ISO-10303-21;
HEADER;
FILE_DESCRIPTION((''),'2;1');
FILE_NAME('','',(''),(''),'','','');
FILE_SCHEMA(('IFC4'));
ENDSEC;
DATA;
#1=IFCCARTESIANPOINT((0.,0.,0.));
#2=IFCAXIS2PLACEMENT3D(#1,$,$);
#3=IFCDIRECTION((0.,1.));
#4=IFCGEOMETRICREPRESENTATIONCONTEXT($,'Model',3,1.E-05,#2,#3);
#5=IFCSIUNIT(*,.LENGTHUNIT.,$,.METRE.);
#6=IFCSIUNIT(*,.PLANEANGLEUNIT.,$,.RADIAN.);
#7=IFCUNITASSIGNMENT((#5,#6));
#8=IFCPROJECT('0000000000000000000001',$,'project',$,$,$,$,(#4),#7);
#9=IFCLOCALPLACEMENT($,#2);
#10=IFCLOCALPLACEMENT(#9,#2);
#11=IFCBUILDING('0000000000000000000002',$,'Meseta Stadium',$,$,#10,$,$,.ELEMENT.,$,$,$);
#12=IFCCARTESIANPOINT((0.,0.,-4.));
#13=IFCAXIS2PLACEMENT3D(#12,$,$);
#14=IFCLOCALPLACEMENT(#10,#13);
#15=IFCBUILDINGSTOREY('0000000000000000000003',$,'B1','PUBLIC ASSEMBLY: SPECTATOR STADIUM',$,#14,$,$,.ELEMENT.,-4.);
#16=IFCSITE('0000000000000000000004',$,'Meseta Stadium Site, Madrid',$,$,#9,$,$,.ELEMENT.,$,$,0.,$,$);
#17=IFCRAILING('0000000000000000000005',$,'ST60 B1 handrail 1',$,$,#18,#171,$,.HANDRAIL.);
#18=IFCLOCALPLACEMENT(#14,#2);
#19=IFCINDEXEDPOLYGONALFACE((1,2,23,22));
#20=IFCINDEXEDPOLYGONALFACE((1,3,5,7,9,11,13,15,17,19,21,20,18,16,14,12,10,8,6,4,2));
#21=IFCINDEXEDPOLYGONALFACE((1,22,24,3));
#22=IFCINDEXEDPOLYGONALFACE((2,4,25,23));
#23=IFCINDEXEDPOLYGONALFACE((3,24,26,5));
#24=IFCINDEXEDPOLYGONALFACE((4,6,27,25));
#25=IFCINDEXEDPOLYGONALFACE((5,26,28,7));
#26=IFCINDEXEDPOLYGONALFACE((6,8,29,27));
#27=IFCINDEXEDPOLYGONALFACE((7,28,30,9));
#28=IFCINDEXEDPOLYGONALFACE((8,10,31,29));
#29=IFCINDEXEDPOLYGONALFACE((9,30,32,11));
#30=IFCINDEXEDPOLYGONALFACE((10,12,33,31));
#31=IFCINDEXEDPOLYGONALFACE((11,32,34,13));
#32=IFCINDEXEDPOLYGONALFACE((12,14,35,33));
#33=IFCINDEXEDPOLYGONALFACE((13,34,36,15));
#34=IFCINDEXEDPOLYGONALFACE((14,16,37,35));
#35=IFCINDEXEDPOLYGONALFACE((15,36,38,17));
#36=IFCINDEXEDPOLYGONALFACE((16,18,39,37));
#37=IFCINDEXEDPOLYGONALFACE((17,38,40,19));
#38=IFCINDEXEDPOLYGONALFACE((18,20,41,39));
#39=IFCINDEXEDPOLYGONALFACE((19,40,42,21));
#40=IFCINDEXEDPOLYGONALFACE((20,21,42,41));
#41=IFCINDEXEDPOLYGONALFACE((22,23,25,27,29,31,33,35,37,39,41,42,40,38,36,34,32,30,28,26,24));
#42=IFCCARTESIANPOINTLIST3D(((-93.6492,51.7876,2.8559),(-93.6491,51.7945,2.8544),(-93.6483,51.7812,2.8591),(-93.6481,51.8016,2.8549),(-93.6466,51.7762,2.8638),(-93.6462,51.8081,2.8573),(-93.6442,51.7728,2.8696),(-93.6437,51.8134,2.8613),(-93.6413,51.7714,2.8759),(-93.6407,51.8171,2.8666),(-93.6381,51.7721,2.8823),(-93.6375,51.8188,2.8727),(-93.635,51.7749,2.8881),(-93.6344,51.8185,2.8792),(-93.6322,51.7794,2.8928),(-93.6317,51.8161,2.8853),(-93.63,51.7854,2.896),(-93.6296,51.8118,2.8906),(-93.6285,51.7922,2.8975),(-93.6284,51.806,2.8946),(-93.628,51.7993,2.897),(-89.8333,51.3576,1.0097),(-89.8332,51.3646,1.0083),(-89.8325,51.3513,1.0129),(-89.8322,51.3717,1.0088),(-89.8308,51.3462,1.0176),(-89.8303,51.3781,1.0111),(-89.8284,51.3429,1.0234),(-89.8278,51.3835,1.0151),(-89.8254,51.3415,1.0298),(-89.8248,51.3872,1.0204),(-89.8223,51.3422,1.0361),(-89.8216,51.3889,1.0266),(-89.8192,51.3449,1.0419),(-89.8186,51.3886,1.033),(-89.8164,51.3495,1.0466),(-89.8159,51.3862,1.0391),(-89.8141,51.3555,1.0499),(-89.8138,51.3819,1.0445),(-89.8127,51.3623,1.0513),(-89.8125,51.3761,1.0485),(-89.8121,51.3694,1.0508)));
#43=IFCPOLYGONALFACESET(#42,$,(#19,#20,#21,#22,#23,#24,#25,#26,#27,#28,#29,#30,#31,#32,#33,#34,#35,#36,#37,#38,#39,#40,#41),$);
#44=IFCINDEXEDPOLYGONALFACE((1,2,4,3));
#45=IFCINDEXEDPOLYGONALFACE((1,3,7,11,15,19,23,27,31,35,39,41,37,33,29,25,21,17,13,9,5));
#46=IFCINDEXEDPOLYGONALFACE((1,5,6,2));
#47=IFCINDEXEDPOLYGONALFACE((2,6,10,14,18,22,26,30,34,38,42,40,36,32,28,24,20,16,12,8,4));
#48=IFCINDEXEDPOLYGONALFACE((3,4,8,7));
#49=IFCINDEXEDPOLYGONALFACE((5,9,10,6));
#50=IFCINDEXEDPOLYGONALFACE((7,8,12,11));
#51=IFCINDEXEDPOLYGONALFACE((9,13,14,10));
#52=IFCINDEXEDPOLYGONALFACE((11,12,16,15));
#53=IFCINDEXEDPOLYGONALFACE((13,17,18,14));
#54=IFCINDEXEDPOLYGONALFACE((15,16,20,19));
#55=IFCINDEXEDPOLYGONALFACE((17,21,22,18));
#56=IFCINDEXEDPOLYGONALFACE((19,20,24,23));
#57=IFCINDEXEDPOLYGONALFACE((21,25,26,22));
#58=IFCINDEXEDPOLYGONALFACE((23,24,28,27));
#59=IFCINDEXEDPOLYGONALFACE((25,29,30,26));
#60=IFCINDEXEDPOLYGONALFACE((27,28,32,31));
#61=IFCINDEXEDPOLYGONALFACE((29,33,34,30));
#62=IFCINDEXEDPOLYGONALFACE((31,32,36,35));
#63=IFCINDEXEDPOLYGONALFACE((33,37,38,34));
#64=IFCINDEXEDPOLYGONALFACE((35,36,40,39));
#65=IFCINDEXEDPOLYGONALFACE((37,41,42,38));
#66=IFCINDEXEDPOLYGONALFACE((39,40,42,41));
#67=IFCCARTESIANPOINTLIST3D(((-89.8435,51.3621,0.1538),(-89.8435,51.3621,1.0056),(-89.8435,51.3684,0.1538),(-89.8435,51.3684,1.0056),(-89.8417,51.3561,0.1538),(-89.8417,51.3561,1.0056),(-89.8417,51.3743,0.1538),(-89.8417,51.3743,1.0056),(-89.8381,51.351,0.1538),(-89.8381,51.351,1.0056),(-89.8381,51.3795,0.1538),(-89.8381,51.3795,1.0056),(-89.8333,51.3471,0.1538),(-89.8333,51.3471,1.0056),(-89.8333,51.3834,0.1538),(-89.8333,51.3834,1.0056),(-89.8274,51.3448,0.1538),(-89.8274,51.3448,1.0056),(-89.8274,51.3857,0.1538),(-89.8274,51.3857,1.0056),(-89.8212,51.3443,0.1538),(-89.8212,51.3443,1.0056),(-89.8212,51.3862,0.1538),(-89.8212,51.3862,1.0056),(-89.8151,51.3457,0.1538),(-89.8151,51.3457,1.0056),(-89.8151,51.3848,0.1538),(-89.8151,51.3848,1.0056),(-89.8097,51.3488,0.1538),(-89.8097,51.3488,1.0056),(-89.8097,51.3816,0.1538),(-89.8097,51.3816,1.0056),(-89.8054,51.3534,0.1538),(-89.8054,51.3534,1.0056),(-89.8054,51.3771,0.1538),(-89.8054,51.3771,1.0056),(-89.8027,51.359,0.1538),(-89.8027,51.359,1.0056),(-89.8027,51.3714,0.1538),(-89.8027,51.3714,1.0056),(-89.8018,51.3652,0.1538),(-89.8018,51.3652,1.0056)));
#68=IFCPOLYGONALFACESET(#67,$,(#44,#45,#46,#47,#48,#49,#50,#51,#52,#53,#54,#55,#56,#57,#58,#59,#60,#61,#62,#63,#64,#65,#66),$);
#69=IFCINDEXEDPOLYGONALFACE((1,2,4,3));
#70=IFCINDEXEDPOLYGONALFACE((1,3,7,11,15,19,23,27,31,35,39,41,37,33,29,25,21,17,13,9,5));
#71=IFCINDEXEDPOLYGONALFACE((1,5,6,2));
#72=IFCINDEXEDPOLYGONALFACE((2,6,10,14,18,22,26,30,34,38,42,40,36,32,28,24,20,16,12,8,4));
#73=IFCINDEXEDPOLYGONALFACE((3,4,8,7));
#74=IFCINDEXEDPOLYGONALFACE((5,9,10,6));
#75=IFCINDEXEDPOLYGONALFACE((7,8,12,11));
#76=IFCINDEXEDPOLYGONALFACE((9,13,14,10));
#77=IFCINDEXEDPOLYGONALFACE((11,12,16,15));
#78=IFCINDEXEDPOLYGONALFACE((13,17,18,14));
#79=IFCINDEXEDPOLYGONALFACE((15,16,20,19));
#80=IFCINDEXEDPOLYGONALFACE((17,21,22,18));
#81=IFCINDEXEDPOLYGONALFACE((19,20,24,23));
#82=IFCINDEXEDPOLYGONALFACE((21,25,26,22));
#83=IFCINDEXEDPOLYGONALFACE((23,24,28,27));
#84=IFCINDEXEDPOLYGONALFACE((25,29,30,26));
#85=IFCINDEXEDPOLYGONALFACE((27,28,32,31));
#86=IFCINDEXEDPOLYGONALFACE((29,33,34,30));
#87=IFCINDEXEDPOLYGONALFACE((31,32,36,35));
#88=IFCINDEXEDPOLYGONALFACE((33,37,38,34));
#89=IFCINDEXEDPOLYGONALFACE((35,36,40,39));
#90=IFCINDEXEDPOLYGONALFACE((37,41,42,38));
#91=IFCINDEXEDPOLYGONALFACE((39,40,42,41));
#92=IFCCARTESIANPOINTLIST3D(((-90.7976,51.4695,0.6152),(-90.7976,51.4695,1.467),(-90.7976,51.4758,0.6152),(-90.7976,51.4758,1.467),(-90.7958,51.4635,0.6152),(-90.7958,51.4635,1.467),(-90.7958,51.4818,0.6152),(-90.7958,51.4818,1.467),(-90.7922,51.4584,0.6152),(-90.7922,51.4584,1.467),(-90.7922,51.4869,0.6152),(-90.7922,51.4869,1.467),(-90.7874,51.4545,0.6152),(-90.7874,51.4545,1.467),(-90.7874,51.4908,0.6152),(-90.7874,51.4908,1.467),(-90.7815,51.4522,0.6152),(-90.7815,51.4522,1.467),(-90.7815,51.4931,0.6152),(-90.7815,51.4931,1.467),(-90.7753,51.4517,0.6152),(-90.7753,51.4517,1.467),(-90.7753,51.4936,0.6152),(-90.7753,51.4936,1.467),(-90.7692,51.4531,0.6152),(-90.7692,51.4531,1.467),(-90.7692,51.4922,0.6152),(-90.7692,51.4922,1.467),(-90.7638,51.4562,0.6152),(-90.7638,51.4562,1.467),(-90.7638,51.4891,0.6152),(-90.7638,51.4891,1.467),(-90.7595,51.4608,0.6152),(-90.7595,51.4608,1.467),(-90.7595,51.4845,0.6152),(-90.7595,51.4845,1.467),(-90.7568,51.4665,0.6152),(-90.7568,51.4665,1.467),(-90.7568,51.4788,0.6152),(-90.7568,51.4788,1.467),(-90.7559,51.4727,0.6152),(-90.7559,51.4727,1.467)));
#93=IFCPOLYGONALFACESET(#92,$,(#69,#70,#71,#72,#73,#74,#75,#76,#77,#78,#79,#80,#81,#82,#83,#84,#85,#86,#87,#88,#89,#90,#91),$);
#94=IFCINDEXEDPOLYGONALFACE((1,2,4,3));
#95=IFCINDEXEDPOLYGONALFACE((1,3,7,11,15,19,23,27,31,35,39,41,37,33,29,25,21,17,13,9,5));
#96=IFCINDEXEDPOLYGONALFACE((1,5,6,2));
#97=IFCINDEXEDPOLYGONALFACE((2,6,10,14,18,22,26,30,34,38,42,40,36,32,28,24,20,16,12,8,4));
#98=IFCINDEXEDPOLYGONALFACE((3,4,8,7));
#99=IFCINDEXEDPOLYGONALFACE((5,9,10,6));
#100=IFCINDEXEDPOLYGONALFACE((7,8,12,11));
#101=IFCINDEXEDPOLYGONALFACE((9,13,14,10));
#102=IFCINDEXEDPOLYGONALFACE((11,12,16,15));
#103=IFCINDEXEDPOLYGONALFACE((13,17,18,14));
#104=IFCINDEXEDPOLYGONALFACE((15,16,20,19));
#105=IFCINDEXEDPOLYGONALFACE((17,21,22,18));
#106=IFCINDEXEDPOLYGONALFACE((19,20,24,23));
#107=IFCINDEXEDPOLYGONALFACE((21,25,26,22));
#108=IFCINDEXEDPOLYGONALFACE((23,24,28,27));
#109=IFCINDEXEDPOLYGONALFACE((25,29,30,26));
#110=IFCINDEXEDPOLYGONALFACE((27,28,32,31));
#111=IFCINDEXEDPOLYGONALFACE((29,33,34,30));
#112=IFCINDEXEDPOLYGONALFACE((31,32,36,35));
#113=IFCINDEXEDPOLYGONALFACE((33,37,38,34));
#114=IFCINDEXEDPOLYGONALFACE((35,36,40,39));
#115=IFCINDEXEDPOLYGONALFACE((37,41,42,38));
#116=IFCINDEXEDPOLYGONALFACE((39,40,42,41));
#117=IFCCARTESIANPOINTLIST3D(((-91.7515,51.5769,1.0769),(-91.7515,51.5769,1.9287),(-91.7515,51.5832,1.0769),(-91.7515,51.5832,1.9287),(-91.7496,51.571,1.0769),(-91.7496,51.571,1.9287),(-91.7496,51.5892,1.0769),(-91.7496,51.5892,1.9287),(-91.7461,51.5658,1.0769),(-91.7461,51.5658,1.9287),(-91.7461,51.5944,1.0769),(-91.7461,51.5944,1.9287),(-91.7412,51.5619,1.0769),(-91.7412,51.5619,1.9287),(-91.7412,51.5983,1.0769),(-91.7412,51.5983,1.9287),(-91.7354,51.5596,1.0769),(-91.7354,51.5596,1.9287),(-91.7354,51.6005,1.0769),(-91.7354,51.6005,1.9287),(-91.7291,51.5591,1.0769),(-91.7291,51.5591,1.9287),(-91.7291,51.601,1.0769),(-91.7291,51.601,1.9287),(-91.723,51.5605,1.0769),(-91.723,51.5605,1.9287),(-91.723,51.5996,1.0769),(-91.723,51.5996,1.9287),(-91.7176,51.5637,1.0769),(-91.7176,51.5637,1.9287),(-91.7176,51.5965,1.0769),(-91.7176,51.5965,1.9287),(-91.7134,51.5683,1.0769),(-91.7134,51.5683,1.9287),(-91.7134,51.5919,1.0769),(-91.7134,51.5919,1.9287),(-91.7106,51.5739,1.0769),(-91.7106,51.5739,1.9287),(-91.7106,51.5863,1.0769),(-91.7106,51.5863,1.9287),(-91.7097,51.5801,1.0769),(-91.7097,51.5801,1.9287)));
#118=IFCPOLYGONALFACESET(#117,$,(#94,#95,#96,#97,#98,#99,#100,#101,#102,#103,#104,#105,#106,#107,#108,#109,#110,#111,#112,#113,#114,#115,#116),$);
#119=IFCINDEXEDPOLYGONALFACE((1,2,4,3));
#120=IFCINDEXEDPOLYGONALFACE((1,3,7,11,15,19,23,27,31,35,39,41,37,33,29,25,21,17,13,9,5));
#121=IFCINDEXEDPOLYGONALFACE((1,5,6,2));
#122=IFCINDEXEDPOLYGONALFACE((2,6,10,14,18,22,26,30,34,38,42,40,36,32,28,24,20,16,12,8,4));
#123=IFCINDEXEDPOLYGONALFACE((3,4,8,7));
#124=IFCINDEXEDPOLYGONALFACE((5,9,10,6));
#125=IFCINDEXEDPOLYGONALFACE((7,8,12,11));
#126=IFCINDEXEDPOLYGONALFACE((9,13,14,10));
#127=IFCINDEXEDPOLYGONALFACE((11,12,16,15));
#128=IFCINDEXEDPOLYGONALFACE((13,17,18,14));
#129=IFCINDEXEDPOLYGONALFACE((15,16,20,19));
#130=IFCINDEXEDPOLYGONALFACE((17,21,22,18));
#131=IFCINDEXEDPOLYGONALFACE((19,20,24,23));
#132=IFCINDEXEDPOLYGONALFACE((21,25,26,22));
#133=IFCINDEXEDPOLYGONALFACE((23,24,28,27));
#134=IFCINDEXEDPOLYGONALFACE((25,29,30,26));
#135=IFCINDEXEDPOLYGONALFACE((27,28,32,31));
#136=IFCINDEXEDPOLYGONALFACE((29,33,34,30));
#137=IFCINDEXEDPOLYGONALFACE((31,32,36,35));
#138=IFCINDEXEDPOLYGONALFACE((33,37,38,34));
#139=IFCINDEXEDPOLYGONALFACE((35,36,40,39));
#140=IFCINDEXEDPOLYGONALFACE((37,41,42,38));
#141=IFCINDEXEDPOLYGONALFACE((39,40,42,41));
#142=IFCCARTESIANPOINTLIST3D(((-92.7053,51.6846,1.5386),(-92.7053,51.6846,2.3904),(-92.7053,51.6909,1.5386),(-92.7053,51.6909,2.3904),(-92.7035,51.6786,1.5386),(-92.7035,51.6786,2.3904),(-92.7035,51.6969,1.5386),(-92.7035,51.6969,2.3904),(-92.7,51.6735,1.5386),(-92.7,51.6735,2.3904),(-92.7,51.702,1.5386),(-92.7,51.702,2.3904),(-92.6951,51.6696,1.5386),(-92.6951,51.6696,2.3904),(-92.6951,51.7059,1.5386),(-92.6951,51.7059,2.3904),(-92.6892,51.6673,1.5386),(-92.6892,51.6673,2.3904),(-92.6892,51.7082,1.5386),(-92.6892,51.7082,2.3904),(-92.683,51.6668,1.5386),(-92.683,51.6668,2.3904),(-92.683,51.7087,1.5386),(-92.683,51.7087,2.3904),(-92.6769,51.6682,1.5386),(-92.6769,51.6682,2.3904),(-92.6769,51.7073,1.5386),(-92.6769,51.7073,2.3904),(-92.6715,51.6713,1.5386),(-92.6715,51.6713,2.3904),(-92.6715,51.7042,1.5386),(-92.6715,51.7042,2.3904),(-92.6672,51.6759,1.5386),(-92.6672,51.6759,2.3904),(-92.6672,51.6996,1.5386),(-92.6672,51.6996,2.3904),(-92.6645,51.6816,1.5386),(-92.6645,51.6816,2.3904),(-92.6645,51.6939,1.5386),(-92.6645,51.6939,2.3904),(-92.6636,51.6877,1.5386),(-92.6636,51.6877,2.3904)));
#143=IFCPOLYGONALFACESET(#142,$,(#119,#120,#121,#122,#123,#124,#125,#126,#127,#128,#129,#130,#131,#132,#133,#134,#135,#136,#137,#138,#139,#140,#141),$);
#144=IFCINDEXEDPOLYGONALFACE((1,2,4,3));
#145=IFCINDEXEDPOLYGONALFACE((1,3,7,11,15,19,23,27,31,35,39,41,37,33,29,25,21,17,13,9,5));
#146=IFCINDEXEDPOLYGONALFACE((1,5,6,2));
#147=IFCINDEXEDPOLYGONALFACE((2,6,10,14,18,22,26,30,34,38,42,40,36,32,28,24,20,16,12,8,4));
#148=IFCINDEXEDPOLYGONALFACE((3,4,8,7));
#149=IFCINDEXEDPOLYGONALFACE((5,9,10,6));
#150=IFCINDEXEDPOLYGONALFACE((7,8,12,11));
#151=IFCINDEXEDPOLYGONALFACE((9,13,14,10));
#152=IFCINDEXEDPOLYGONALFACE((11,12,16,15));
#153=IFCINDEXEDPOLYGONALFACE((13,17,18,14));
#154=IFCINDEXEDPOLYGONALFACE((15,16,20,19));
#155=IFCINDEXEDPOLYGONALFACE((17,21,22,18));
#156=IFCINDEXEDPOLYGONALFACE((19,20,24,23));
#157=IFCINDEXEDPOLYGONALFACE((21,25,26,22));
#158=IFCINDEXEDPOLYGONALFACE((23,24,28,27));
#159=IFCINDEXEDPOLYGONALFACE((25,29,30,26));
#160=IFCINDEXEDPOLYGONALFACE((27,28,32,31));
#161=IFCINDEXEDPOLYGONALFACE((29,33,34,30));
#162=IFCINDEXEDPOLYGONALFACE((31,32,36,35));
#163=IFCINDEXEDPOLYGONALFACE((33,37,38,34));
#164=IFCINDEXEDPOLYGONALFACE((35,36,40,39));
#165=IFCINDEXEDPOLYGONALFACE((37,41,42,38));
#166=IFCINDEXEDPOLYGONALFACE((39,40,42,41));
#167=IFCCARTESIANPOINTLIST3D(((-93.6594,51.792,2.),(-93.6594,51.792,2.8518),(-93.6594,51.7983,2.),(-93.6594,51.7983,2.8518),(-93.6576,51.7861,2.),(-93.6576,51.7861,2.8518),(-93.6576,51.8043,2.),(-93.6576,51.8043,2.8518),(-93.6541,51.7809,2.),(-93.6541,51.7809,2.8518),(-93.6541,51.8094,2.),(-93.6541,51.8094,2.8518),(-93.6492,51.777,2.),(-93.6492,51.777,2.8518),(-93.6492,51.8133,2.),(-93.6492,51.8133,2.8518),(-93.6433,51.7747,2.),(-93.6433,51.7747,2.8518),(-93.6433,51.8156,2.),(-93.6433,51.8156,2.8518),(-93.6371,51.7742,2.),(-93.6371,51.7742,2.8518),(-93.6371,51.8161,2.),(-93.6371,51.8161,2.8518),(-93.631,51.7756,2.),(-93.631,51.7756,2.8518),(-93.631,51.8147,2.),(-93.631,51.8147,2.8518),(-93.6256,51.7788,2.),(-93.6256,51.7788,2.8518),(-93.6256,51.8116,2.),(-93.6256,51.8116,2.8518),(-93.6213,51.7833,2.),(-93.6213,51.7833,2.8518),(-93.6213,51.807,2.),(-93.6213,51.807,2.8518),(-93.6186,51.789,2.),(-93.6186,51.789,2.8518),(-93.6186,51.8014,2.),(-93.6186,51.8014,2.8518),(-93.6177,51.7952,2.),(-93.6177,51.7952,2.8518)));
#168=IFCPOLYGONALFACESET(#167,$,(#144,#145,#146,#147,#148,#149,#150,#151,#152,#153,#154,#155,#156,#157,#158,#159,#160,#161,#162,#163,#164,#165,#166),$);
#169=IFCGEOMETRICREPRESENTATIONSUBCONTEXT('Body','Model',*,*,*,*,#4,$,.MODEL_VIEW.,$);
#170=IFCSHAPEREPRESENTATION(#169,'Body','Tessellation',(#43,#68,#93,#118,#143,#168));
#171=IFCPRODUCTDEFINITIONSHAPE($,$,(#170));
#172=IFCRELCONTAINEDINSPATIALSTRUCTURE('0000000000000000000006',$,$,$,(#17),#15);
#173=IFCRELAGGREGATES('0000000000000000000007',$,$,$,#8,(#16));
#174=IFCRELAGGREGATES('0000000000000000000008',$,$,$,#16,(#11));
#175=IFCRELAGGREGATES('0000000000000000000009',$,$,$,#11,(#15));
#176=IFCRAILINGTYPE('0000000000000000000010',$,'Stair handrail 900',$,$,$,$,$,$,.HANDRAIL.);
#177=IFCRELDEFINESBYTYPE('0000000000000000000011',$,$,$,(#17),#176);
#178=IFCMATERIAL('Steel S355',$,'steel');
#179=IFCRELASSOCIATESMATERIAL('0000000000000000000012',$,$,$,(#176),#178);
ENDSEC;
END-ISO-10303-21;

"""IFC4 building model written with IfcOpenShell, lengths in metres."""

from ifc_helpers import new_model, si_unit, direction, frame, origin, origin_2d, place, context, subcontext, project, spatial, circle, extrude, material, type_object, element, save


model = new_model("IFC4")

# Units and contexts
model_context = context("Model", 3, precision=1e-05, world=origin(), true_north=direction((0.0, 1.0)))
body_context = subcontext(model_context, "Body", "Model", "MODEL_VIEW")
ifc_project = project(units=[si_unit("LENGTHUNIT", "METRE"), si_unit("PLANEANGLEUNIT", "RADIAN")], contexts=[model_context])

# Site, building, storey
site_placement = place(None, origin())
site = spatial("IfcSite", under=ifc_project, at=site_placement, Name="Meseta Stadium Site, Madrid", CompositionType="ELEMENT", RefElevation=0.0)
building_placement = place(site_placement, origin())
building = spatial("IfcBuilding", under=site, at=building_placement, Name="Meseta Stadium", CompositionType="ELEMENT")
storey_placement = place(building_placement, frame((0.0, 0.0, -4.0)))
storey = spatial("IfcBuildingStorey", under=building, at=storey_placement, Name="B1", Description="PUBLIC ASSEMBLY: SPECTATOR STADIUM", CompositionType="ELEMENT", Elevation=-4.0)

# Railing
ifc_material_1 = material(Name="Steel S355", Category="steel")
railing_type_1 = type_object("IfcRailingType", Name="Stair handrail 900", PredefinedType="HANDRAIL", material=ifc_material_1)
railing_1_placement = place(storey_placement, frame((-89.8228, 51.3652, 0.1538)))
element("IfcRailing", 1, at=railing_1_placement, inside=storey, type_object=railing_type_1, Name="ST60 B1 handrail 1", PredefinedType="HANDRAIL", context=body_context, shape_type="SweptSolid", body=[
    extrude(circle(Radius=0.0239, at=origin_2d()), frame((0.0, 0.0, 0.876), z_axis=(-0.895585, 0.100904, 0.433296), x_axis=(-0.11196, -0.993713, 0.0)), (0.0, 0.0, 1.0), 4.2607),
    extrude(circle(Radius=0.021, at=origin_2d()), origin(), (0.0, 0.0, 1.0), 0.8518),
    extrude(circle(Radius=0.021, at=origin_2d()), frame((-0.9541, 0.1074, 0.4614)), (0.0, 0.0, 1.0), 0.8518),
    extrude(circle(Radius=0.021, at=origin_2d()), frame((-1.908, 0.2148, 0.9231)), (0.0, 0.0, 1.0), 0.8518),
    extrude(circle(Radius=0.021, at=origin_2d()), frame((-2.8618, 0.3225, 1.3848)), (0.0, 0.0, 1.0), 0.8518),
    extrude(circle(Radius=0.021, at=origin_2d()), frame((-3.8159, 0.4299, 1.8462)), (0.0, 0.0, 1.0), 0.8518),
])

save(model, "model.ifc")
